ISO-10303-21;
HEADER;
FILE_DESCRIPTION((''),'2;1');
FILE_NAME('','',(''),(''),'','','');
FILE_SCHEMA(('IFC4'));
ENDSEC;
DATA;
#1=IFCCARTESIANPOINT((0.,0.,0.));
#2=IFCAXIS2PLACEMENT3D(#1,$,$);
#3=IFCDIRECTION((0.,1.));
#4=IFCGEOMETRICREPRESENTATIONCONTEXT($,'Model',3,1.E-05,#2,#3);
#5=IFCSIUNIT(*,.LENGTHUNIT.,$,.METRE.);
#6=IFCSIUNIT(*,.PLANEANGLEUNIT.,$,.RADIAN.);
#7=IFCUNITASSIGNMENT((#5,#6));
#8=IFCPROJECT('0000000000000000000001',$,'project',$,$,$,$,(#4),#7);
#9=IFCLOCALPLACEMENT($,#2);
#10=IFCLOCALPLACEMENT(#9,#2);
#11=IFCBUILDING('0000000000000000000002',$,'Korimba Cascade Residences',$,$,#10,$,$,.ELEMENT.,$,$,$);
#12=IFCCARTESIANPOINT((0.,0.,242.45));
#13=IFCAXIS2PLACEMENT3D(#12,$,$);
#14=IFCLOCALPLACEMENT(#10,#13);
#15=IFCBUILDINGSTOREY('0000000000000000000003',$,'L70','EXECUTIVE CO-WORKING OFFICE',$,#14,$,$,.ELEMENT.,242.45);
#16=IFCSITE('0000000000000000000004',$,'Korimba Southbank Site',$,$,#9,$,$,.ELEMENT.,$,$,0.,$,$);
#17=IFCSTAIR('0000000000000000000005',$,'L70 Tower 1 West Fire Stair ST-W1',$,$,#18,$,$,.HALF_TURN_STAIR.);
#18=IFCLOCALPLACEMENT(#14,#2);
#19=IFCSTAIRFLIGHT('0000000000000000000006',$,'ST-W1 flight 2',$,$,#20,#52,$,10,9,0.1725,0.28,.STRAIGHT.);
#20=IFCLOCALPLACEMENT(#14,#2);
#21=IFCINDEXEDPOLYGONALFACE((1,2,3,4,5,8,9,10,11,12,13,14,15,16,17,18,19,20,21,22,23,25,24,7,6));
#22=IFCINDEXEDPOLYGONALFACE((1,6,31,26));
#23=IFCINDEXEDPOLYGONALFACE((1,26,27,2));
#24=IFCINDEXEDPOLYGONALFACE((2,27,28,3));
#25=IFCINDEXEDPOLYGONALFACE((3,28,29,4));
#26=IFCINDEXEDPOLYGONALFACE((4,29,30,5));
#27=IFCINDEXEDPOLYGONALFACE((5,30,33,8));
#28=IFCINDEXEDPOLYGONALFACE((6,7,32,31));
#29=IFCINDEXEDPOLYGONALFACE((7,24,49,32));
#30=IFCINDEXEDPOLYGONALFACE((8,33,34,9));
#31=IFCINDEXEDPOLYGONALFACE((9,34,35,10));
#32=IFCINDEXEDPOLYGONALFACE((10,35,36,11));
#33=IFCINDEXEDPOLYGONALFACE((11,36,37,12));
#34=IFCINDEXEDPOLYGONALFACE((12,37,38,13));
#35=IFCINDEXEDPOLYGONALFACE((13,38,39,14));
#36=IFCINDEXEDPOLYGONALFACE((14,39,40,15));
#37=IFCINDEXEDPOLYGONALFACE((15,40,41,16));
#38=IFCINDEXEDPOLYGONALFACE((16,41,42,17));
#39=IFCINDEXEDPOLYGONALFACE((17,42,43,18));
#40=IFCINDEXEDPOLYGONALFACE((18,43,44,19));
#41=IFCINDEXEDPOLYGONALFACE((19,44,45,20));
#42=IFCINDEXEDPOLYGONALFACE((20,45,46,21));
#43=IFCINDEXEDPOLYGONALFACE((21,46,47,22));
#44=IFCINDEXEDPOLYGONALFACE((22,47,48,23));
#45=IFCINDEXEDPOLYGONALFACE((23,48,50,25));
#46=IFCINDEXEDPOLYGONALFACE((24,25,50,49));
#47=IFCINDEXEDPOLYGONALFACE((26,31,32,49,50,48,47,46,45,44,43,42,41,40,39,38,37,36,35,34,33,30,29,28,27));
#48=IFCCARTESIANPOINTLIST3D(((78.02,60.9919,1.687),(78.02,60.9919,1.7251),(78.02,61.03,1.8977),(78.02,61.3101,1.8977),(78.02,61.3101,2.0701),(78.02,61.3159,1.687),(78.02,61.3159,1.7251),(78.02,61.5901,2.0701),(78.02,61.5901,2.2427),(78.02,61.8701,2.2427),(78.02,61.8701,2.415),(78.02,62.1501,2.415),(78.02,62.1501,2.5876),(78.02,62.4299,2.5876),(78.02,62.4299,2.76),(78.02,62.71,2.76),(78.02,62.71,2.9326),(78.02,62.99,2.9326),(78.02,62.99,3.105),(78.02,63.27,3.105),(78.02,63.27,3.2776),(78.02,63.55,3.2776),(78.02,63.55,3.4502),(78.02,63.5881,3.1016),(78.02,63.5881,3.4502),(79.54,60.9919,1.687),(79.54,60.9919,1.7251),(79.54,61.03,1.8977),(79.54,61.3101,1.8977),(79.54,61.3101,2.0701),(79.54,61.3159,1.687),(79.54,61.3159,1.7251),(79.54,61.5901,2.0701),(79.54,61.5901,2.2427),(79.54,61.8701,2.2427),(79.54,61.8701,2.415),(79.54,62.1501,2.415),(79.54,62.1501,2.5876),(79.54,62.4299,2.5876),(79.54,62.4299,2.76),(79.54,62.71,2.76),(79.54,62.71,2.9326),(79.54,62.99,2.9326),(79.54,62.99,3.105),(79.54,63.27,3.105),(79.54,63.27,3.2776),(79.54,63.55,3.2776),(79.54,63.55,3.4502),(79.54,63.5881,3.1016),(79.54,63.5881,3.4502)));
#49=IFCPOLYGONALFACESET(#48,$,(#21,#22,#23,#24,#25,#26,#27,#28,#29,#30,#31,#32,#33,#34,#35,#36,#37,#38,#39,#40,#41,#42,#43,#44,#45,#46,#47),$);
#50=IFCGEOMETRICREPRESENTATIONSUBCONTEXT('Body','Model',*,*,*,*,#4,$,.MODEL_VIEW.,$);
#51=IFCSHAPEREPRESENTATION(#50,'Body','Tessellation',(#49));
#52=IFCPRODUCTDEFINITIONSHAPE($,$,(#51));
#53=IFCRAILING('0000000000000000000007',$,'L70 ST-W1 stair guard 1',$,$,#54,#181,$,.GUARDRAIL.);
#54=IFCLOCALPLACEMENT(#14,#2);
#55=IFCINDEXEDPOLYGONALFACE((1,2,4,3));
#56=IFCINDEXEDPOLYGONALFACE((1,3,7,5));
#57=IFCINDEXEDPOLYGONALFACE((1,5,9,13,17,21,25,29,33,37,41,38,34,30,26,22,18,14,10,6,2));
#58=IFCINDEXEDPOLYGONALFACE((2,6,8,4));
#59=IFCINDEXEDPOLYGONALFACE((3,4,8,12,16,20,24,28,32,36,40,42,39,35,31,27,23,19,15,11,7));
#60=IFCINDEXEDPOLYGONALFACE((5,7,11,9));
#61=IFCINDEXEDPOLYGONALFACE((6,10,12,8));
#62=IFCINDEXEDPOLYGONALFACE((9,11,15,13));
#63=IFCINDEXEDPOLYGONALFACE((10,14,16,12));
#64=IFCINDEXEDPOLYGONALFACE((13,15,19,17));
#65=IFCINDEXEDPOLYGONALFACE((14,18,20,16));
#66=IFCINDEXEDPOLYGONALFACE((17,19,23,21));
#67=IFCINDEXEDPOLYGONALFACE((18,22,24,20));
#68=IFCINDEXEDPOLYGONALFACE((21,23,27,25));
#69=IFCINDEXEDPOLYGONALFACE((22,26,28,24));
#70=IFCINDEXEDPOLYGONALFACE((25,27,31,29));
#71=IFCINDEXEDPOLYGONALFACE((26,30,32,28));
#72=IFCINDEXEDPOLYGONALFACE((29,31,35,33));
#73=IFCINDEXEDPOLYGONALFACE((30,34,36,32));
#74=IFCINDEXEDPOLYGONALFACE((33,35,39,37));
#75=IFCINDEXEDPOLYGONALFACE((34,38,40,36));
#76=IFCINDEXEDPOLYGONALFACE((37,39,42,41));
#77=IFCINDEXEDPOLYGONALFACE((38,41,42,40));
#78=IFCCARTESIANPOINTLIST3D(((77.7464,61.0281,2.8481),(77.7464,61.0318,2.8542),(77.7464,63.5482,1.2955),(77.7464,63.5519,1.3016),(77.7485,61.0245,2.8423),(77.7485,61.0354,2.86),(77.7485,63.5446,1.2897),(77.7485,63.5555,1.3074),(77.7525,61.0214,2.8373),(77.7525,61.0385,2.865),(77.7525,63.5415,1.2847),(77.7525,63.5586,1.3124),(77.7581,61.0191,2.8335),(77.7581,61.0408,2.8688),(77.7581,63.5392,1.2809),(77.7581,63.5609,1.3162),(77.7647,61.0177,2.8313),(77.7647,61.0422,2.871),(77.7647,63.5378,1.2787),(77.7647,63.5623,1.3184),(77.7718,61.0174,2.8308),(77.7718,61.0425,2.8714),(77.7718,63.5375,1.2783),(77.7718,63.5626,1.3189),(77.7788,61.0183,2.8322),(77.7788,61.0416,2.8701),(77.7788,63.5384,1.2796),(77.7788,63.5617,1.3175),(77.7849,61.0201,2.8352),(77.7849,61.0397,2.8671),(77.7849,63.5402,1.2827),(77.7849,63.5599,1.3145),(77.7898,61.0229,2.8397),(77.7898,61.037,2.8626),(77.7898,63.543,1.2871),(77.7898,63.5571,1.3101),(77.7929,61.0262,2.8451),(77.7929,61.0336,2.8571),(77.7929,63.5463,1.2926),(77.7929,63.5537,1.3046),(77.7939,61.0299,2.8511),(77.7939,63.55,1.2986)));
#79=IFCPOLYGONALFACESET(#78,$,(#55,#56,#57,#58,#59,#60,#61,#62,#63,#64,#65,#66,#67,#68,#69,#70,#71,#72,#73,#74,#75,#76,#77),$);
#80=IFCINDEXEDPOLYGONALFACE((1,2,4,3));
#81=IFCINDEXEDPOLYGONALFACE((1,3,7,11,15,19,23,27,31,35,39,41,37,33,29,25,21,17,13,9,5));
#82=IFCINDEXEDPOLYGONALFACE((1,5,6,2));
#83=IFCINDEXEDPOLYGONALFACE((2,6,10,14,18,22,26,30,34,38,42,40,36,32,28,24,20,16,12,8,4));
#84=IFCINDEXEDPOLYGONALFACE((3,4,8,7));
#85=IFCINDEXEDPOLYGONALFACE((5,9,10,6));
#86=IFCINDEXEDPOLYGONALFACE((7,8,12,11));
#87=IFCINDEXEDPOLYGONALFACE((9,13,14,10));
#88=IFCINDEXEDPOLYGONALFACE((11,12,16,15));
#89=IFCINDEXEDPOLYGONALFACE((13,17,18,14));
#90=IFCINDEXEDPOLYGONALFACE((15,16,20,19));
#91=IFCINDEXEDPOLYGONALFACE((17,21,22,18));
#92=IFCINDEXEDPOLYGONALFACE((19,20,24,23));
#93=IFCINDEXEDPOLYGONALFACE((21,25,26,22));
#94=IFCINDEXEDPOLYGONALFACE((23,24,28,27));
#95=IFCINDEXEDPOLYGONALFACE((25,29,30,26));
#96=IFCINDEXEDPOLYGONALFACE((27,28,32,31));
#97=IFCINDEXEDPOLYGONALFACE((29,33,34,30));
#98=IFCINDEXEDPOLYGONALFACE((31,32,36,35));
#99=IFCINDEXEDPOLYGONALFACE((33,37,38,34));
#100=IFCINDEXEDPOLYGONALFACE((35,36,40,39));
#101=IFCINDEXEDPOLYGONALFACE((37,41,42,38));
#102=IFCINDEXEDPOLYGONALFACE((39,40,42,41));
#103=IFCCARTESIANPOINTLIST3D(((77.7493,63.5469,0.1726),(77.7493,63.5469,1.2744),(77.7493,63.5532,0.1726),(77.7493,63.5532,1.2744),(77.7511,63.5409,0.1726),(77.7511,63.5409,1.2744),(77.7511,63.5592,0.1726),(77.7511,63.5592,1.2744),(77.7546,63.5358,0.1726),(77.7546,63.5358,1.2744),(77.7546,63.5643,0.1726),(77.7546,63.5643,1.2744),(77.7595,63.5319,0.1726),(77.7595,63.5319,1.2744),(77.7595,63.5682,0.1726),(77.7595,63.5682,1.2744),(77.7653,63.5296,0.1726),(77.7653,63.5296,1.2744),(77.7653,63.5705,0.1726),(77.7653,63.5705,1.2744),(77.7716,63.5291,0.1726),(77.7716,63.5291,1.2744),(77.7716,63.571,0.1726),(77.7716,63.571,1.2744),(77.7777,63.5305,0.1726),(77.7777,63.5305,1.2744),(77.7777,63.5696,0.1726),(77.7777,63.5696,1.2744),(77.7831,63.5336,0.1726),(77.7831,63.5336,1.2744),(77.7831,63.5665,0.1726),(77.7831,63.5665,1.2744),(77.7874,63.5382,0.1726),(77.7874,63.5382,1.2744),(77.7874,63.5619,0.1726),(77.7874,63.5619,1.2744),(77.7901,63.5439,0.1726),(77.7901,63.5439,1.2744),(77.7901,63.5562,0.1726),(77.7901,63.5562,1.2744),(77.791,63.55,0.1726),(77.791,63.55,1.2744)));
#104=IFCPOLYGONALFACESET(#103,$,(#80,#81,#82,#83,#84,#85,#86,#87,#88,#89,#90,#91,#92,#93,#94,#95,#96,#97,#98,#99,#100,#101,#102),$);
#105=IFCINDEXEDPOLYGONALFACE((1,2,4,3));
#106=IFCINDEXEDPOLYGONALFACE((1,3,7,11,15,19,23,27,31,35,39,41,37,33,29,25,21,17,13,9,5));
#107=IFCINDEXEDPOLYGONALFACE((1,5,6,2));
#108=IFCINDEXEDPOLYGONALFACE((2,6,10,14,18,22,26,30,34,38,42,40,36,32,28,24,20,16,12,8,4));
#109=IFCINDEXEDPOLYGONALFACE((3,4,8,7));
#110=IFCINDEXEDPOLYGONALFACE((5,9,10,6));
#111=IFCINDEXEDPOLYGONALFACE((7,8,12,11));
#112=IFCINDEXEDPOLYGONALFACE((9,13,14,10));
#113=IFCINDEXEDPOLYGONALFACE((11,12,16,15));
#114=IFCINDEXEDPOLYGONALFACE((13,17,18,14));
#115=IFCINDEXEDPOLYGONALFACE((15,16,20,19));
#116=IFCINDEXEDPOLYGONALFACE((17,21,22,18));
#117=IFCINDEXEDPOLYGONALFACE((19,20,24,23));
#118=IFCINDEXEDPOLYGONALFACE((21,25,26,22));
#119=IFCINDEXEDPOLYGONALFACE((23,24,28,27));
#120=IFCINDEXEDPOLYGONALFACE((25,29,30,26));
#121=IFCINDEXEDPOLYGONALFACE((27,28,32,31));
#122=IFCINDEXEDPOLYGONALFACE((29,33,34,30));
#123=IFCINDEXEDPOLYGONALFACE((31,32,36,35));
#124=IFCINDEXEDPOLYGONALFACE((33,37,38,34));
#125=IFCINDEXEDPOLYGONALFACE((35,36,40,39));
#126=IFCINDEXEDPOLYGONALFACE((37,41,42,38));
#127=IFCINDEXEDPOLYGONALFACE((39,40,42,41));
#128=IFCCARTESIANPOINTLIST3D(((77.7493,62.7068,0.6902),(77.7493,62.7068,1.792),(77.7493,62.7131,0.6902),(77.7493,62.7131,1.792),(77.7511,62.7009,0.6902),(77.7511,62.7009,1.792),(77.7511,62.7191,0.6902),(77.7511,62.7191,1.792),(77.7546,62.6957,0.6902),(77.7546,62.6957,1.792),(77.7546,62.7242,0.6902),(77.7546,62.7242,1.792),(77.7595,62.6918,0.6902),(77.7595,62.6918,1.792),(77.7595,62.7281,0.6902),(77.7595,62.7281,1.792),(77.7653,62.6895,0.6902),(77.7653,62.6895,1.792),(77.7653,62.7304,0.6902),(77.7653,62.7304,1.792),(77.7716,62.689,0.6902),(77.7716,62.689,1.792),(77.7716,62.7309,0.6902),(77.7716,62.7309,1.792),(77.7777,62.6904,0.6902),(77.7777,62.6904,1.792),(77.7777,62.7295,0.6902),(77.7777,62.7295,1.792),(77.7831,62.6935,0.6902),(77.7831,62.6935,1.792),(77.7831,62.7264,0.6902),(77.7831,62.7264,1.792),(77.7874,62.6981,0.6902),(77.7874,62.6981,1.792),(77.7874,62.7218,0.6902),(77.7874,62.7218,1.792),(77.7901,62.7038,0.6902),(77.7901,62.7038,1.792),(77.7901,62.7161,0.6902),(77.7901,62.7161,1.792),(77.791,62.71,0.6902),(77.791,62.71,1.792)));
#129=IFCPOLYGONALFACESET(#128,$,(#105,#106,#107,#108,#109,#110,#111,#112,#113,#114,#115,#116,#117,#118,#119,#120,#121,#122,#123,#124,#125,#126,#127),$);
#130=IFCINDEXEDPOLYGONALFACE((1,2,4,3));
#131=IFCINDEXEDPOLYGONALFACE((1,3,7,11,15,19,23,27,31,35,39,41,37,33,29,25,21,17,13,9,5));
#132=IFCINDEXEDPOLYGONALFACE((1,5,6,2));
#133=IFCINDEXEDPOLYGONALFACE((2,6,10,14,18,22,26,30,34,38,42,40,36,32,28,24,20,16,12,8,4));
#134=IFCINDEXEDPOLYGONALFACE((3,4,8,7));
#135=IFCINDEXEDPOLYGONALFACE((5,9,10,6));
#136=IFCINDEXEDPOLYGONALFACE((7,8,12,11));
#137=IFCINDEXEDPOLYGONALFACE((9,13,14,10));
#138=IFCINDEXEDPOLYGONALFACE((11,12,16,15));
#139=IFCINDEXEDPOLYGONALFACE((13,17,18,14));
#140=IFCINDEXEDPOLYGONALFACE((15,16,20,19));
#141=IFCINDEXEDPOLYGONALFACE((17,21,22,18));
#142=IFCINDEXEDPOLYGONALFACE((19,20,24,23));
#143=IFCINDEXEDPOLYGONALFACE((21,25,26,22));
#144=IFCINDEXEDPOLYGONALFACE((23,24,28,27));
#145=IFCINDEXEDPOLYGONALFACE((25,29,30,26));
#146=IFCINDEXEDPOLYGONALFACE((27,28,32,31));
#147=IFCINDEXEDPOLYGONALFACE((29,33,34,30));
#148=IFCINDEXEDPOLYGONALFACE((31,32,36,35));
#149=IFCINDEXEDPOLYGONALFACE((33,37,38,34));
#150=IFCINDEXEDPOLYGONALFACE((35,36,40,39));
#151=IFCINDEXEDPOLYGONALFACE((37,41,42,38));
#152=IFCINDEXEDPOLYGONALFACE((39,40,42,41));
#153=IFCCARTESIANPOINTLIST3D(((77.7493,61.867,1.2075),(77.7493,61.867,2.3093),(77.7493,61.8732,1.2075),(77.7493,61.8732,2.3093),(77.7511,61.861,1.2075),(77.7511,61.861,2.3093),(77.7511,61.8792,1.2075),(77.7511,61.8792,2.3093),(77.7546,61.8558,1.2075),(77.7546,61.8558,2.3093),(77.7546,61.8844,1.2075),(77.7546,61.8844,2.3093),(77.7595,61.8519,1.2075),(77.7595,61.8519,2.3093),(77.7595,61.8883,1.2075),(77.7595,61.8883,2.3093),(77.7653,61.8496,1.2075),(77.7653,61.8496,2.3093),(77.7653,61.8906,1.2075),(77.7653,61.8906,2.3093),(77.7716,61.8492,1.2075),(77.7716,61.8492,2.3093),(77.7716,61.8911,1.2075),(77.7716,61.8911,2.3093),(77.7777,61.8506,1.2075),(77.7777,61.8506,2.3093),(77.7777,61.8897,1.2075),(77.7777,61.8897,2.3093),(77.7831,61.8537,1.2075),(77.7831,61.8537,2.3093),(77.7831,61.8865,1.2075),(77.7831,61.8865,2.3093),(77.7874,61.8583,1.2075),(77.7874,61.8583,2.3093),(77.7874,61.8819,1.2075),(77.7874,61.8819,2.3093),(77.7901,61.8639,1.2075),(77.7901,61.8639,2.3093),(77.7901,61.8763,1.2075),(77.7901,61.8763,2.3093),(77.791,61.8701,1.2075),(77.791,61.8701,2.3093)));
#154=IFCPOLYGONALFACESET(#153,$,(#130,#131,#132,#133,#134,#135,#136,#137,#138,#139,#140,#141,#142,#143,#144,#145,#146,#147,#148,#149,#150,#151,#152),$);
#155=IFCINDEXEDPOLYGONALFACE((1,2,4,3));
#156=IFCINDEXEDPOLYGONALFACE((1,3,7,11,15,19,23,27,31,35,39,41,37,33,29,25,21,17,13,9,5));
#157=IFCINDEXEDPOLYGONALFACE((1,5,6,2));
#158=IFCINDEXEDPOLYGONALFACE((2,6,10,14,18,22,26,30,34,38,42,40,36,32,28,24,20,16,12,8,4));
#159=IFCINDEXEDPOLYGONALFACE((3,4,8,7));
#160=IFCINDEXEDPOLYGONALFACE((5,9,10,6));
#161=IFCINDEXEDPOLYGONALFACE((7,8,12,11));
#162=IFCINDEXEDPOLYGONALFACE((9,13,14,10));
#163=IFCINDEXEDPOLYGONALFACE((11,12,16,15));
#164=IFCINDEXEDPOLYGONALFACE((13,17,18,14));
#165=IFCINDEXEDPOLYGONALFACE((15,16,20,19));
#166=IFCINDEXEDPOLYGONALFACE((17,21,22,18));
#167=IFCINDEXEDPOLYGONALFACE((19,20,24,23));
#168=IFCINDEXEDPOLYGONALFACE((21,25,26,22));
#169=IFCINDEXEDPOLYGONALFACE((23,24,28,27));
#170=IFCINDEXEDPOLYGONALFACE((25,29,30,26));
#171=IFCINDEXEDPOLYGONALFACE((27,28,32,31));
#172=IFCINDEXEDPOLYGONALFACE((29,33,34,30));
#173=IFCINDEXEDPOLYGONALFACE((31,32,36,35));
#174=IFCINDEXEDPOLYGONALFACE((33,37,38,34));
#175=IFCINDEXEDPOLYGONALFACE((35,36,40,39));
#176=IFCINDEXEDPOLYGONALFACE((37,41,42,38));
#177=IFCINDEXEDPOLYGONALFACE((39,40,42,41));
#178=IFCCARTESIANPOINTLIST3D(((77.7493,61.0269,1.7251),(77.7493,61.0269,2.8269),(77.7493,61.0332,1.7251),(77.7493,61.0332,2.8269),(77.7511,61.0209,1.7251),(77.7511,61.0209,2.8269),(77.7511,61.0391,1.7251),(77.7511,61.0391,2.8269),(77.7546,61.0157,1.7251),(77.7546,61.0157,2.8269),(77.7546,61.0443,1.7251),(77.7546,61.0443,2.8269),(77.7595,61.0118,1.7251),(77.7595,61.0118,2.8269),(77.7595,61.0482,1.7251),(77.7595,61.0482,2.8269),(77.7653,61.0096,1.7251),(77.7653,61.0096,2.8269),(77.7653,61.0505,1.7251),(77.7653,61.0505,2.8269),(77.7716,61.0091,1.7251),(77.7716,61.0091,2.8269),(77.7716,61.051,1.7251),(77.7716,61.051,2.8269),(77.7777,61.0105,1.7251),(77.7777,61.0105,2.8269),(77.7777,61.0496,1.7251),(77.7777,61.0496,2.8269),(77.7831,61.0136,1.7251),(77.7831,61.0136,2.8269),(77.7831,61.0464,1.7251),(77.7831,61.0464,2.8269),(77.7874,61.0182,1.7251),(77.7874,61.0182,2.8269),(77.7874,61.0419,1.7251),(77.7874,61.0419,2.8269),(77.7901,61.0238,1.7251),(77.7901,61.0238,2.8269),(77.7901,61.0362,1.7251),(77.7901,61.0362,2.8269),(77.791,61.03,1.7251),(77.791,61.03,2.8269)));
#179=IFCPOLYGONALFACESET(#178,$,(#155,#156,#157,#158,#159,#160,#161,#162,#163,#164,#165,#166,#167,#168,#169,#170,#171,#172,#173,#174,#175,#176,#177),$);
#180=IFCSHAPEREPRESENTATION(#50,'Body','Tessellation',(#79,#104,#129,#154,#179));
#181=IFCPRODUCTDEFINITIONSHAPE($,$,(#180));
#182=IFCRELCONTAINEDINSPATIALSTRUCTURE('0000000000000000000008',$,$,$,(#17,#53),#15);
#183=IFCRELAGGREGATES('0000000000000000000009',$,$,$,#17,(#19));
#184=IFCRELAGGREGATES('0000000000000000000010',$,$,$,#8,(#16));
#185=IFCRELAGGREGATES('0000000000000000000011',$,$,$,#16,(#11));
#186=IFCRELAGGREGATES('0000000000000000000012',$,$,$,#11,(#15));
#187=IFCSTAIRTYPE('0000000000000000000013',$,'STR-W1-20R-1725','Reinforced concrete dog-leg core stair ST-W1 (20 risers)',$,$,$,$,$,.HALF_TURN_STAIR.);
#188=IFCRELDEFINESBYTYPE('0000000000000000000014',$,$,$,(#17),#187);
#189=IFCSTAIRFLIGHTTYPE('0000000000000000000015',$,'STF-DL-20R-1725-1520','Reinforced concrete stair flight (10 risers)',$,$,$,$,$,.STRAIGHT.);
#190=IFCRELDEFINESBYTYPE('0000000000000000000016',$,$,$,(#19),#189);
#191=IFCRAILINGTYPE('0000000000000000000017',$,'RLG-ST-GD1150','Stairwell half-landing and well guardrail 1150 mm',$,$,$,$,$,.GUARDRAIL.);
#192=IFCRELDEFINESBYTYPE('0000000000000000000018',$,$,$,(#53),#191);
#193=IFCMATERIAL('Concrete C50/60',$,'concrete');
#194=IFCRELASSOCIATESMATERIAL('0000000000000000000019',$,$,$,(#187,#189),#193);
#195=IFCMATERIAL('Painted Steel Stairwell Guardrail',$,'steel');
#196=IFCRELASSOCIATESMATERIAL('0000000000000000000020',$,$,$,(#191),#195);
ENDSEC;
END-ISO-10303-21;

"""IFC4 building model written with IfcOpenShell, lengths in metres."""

from ifc_helpers import new_model, si_unit, direction, frame, origin, origin_2d, place, context, subcontext, project, spatial, polyline, circle, outline, extrude, material, type_object, element, aggregate, save


model = new_model("IFC4")

# Units and contexts
model_context = context("Model", 3, precision=1e-05, world=origin(), true_north=direction((0.0, 1.0)))
body_context = subcontext(model_context, "Body", "Model", "MODEL_VIEW")
ifc_project = project(units=[si_unit("LENGTHUNIT", "METRE"), si_unit("PLANEANGLEUNIT", "RADIAN")], contexts=[model_context])

# Site, building, storey
site_placement = place(None, origin())
site = spatial("IfcSite", under=ifc_project, at=site_placement, Name="Korimba Southbank Site", CompositionType="ELEMENT", RefElevation=0.0)
building_placement = place(site_placement, origin())
building = spatial("IfcBuilding", under=site, at=building_placement, Name="Korimba Cascade Residences", CompositionType="ELEMENT")
storey_placement = place(building_placement, frame((0.0, 0.0, 242.45)))
storey = spatial("IfcBuildingStorey", under=building, at=storey_placement, Name="L70", Description="EXECUTIVE CO-WORKING OFFICE", CompositionType="ELEMENT", Elevation=242.45)

# Shared definitions
ifc_material_1 = material(Name="Concrete C50/60", Category="concrete")

# Stair, stair flight
stair_type = type_object("IfcStairType", Name="STR-W1-20R-1725", Description="Reinforced concrete dog-leg core stair ST-W1 (20 risers)", PredefinedType="HALF_TURN_STAIR", material=ifc_material_1)
stair_placement = place(storey_placement, origin())
stair = element("IfcStair", 1, at=stair_placement, inside=storey, type_object=stair_type, Name="L70 Tower 1 West Fire Stair ST-W1", PredefinedType="HALF_TURN_STAIR")
stair_flight_type = type_object("IfcStairFlightType", Name="STF-DL-20R-1725-1520", Description="Reinforced concrete stair flight (10 risers)", PredefinedType="STRAIGHT", material=ifc_material_1)
stair_flight_1_placement = place(storey_placement, frame((78.78, 61.03, 1.7251), z_axis=(0.0, 0.0, 1.0), x_axis=(0.0, 1.0, 0.0)))
stair_flight_1 = element("IfcStairFlight", 2, at=stair_flight_1_placement, type_object=stair_flight_type, Name="ST-W1 flight 2", NumberOfRisers=10, NumberOfTreads=9, PredefinedType="STRAIGHT", RiserHeight=0.1725, TreadLength=0.28, context=body_context, shape_type="SweptSolid", body=[
    extrude(outline(polyline([(-0.0381, 0.0), (0.0, 0.1726), (0.28, 0.1726), (0.28, 0.345), (0.5601, 0.345), (0.5601, 0.5176), (0.8401, 0.5176), (0.8401, 0.6899), (1.1201, 0.6899), (1.1201, 0.8625), (1.3999, 0.8625), (1.3999, 1.0349), (1.6799, 1.0349), (1.6799, 1.2075), (1.96, 1.2075), (1.96, 1.3799), (2.24, 1.3799), (2.24, 1.5525), (2.52, 1.5525), (2.52, 1.7251), (2.5581, 1.7251), (2.5581, 1.3765), (0.2859, 0.0), (0.2859, -0.0381), (-0.0381, -0.0381), (-0.0381, 0.0)])), frame((0.0, 0.76, 0.0), z_axis=(0.0, -1.0, 0.0), x_axis=(1.0, 0.0, 0.0)), (0.0, 0.0, 1.0), 1.52),
])
aggregate(stair, [stair_flight_1])

# Railing
ifc_material_2 = material(Name="Painted Steel Stairwell Guardrail", Category="steel")
railing_type_1 = type_object("IfcRailingType", Name="RLG-ST-GD1150", Description="Stairwell half-landing and well guardrail 1150 mm", PredefinedType="GUARDRAIL", material=ifc_material_2)
railing_1_placement = place(storey_placement, frame((77.77, 63.55, 0.1726)))
element("IfcRailing", 3, at=railing_1_placement, inside=storey, type_object=railing_type_1, Name="L70 ST-W1 stair guard 1", PredefinedType="GUARDRAIL", context=body_context, shape_type="SweptSolid", body=[
    extrude(circle(Radius=0.0239, at=origin_2d()), frame((0.0, 0.0, 1.126), z_axis=(0.0, -0.8514, 0.524516), x_axis=(1.0, 0.0, 0.0)), (0.0, 0.0, 1.0), 2.96),
    extrude(circle(Radius=0.021, at=origin_2d()), origin(), (0.0, 0.0, 1.0), 1.1018),
    extrude(circle(Radius=0.021, at=origin_2d()), frame((0.0, -0.8401, 0.5176)), (0.0, 0.0, 1.0), 1.1018),
    extrude(circle(Radius=0.021, at=origin_2d()), frame((0.0, -1.6799, 1.0349)), (0.0, 0.0, 1.0), 1.1018),
    extrude(circle(Radius=0.021, at=origin_2d()), frame((0.0, -2.52, 1.5525)), (0.0, 0.0, 1.0), 1.1018),
])

save(model, "model.ifc")
